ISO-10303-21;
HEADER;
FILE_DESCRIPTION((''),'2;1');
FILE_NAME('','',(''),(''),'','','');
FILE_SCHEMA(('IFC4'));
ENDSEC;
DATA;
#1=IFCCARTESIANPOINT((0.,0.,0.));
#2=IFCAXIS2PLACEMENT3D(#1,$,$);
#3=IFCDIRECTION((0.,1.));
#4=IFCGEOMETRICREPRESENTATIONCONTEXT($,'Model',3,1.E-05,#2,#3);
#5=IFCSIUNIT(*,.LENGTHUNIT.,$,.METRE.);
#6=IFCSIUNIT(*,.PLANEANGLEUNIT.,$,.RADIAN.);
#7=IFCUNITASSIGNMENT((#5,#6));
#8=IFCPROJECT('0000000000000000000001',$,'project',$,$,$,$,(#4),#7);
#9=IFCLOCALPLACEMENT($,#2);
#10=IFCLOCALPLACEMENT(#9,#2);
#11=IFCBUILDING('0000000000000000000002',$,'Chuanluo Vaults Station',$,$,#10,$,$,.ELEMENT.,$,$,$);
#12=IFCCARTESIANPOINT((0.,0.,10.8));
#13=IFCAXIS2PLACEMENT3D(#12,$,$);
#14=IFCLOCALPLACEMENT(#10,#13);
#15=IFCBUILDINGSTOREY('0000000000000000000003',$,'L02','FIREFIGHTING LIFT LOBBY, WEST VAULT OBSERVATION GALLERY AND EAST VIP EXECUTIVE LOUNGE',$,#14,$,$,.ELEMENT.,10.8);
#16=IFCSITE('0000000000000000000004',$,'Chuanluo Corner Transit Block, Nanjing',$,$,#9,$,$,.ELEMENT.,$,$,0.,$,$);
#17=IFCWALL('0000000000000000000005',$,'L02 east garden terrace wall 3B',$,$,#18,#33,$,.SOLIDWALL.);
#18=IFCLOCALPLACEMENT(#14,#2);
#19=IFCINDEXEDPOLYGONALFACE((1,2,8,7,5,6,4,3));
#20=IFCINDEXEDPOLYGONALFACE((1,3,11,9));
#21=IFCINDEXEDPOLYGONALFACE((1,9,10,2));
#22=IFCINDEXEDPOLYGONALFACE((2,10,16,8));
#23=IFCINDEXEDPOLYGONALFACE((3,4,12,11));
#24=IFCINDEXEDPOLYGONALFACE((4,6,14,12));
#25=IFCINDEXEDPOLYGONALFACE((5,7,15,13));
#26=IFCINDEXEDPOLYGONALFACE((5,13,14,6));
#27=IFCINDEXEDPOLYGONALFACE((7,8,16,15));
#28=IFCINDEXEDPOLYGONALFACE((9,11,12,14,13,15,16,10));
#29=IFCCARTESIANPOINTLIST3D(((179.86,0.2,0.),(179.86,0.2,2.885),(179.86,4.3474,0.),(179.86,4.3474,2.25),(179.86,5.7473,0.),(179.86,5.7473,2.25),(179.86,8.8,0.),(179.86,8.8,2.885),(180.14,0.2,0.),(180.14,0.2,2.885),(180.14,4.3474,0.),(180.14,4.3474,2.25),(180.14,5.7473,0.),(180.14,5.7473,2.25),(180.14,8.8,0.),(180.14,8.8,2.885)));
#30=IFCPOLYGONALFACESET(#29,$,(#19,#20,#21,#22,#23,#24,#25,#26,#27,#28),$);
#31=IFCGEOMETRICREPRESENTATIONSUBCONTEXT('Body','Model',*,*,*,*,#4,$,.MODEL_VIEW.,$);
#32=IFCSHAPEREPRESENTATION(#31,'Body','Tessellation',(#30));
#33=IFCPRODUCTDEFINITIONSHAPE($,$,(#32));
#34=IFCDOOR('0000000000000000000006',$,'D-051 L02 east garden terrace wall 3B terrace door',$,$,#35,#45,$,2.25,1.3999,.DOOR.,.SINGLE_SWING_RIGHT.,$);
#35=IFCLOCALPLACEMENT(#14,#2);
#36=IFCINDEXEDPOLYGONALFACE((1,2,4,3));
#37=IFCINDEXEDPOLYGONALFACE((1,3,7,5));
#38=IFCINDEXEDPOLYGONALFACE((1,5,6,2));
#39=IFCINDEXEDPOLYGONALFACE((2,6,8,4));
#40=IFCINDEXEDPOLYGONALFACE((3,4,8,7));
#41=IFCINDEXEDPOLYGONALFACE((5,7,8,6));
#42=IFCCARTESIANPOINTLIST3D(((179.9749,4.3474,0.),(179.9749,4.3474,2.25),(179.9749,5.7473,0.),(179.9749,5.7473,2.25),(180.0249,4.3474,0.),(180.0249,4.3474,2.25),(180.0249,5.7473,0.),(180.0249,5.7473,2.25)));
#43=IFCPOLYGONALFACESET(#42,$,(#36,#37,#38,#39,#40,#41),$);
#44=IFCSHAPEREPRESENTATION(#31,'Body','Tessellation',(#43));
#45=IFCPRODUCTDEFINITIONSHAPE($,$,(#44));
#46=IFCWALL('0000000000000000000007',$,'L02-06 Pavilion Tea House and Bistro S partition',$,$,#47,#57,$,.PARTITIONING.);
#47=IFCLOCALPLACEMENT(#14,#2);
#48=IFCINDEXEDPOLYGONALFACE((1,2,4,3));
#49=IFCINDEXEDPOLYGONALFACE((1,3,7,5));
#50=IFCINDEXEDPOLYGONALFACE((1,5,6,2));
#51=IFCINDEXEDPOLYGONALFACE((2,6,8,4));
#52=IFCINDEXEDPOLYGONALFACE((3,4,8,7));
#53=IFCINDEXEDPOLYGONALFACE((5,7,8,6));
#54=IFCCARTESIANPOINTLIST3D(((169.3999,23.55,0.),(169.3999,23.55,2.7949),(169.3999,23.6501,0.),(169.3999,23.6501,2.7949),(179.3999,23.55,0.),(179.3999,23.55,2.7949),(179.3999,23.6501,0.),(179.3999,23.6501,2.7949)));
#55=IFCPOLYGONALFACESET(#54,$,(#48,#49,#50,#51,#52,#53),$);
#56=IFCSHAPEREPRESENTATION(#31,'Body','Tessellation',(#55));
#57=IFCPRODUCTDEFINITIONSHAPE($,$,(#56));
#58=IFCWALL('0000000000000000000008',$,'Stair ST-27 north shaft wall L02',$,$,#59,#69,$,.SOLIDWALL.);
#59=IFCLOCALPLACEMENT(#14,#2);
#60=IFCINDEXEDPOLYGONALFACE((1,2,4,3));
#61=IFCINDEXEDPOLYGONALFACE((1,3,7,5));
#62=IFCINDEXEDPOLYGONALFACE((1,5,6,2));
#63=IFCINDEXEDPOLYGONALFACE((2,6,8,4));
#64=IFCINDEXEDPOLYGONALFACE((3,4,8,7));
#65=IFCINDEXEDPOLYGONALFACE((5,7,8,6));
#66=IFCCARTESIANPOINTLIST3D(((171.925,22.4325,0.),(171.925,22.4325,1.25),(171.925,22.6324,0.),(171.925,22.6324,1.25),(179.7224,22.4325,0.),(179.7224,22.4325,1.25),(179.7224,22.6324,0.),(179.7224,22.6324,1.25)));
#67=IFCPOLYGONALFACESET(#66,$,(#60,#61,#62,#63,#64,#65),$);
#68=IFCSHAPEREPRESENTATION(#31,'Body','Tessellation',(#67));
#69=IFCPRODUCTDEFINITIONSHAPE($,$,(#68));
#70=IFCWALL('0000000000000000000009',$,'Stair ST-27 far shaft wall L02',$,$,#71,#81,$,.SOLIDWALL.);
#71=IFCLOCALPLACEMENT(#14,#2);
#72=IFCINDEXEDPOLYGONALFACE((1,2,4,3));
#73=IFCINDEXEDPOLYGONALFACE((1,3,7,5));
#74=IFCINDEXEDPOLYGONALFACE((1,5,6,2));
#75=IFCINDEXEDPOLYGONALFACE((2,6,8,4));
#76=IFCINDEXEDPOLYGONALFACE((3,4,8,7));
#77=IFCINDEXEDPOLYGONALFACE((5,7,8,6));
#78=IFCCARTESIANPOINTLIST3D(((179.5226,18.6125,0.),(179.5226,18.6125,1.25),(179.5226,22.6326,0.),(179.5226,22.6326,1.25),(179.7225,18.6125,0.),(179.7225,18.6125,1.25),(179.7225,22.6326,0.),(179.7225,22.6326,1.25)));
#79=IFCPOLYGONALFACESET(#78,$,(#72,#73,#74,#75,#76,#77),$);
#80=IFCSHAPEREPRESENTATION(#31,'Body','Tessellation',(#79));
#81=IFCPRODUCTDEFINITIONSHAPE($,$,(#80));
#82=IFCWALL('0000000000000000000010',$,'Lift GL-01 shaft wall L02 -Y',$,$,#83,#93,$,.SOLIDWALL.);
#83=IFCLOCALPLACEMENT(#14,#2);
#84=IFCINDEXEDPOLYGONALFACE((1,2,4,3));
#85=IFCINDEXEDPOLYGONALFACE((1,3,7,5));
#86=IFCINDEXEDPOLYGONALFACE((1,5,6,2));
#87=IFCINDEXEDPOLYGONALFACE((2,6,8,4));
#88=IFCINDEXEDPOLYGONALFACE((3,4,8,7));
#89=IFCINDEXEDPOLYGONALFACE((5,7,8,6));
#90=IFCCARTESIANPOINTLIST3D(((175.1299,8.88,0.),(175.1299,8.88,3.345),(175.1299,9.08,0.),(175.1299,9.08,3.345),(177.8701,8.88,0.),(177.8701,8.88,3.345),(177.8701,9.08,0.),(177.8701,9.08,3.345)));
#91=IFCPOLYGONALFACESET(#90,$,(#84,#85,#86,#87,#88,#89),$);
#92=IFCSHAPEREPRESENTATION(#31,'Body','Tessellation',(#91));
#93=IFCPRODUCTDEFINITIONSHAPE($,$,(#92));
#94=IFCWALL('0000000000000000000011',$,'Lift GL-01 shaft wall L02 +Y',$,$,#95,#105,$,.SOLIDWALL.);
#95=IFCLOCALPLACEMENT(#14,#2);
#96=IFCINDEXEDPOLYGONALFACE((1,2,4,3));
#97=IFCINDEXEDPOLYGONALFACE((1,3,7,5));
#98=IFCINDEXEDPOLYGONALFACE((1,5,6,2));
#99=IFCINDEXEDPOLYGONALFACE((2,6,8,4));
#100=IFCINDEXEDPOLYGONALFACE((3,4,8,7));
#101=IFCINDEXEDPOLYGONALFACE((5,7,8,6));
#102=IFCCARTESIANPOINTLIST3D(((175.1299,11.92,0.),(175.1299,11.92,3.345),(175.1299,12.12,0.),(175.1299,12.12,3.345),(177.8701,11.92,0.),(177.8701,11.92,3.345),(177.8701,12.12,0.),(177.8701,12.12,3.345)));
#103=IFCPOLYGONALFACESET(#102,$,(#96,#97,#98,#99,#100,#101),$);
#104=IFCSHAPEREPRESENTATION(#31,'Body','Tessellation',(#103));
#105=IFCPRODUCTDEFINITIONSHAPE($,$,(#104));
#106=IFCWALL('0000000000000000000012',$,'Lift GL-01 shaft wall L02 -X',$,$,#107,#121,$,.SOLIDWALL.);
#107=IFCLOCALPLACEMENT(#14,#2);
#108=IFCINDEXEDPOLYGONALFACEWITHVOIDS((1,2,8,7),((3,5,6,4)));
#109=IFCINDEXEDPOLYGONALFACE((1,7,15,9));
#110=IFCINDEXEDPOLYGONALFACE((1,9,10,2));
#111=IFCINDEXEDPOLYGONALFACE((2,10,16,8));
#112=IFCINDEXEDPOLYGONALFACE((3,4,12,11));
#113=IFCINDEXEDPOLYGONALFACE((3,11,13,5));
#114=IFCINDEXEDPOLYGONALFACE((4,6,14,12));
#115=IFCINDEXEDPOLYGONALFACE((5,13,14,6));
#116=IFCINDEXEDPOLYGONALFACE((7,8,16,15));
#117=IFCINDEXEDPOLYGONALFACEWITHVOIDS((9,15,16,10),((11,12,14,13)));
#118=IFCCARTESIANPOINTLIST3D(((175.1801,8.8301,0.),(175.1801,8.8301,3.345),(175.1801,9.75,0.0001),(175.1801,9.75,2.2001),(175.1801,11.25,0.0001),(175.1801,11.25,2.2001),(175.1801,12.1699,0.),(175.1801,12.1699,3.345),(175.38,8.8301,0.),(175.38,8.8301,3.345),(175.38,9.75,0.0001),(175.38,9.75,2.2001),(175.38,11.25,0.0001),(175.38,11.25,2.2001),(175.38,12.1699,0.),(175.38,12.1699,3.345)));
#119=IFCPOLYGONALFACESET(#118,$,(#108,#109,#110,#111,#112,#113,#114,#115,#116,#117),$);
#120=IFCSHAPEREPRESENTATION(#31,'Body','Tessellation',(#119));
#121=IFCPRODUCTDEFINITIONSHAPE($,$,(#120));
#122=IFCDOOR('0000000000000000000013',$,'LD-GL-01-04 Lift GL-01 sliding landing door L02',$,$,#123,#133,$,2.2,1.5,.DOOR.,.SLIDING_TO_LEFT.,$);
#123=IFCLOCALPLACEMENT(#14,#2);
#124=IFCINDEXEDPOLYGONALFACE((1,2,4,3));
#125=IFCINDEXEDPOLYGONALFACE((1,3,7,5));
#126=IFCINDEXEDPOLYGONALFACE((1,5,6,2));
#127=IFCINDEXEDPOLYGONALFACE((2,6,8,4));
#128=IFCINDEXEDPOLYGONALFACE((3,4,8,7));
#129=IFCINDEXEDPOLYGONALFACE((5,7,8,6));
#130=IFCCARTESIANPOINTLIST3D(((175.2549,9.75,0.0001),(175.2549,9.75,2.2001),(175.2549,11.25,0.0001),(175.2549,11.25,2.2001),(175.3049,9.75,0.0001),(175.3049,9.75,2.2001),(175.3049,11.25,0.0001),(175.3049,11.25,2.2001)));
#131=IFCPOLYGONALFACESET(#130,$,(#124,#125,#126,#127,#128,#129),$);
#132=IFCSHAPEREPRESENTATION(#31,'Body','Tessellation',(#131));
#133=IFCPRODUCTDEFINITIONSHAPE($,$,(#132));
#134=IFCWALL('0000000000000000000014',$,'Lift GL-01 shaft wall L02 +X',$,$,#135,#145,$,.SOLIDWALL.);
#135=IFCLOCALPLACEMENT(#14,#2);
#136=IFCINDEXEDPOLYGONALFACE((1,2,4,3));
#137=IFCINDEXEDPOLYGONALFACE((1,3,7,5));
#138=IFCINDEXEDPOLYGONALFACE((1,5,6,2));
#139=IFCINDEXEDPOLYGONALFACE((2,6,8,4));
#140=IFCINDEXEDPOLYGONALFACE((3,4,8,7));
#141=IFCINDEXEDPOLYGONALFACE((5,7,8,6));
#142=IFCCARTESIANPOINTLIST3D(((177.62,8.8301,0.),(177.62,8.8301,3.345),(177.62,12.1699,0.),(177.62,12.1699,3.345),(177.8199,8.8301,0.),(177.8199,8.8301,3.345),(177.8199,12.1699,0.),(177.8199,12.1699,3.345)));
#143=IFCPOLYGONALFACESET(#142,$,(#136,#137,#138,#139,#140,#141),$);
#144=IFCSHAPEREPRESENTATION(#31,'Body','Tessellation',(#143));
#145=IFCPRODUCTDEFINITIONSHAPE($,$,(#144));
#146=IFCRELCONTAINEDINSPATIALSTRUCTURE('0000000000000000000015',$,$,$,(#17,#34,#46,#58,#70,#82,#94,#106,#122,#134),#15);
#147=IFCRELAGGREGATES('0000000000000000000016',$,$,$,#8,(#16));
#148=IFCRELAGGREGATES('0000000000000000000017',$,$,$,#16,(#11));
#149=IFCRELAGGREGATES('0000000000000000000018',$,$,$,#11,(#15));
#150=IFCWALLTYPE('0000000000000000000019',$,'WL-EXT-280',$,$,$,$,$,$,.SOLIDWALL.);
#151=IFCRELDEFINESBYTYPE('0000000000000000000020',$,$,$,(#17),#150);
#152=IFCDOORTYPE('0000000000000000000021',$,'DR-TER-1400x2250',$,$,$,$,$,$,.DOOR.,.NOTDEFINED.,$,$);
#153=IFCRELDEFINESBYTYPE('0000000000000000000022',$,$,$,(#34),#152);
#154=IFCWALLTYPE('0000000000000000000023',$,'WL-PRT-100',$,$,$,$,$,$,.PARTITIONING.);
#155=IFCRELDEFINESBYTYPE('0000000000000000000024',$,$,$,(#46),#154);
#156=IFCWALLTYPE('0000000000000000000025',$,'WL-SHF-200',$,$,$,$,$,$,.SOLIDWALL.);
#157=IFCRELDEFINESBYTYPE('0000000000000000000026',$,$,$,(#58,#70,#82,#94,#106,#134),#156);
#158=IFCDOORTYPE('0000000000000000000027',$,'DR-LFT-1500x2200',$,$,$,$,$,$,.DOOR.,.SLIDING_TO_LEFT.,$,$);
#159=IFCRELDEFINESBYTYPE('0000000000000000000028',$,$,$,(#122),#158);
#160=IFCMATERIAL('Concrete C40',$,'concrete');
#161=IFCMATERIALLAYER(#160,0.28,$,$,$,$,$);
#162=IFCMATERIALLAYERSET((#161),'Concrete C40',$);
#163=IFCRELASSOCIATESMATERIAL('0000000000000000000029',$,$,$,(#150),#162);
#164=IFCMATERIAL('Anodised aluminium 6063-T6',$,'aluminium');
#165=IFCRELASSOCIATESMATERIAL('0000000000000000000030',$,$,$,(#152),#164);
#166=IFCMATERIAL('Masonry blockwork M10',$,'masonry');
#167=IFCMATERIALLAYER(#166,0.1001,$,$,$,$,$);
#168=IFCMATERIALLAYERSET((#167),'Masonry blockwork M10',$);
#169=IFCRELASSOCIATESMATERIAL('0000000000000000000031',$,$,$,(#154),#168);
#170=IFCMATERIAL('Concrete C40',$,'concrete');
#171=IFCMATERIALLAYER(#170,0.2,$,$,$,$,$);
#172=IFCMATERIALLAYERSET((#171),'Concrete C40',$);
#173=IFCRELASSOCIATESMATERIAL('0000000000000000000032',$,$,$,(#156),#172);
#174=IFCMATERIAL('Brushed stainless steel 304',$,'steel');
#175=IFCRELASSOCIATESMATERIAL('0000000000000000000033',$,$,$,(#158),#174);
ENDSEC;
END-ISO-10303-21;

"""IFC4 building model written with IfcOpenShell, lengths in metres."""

from ifc_helpers import new_model, si_unit, direction, frame, frame_2d, origin, place, context, subcontext, project, spatial, rectangle, extrude, material, layer, layer_set, type_object, element, fill, save


model = new_model("IFC4")

# Units and contexts
model_context = context("Model", 3, precision=1e-05, world=origin(), true_north=direction((0.0, 1.0)))
body_context = subcontext(model_context, "Body", "Model", "MODEL_VIEW")
ifc_project = project(units=[si_unit("LENGTHUNIT", "METRE"), si_unit("PLANEANGLEUNIT", "RADIAN")], contexts=[model_context])

# Site, building, storey
site_placement = place(None, origin())
site = spatial("IfcSite", under=ifc_project, at=site_placement, Name="Chuanluo Corner Transit Block, Nanjing", CompositionType="ELEMENT", RefElevation=0.0)
building_placement = place(site_placement, origin())
building = spatial("IfcBuilding", under=site, at=building_placement, Name="Chuanluo Vaults Station", CompositionType="ELEMENT")
storey_placement = place(building_placement, frame((0.0, 0.0, 10.8)))
storey = spatial("IfcBuildingStorey", under=building, at=storey_placement, Name="L02", Description="FIREFIGHTING LIFT LOBBY, WEST VAULT OBSERVATION GALLERY AND EAST VIP EXECUTIVE LOUNGE", CompositionType="ELEMENT", Elevation=10.8)

# Shared definitions
ifc_material_1 = material(Name="Concrete C40", Category="concrete")
ifc_layer_1 = layer(ifc_material_1, 0.28)
ifc_layer_set_1 = layer_set([ifc_layer_1], Name="Concrete C40")
wall_type_1 = type_object("IfcWallType", Name="WL-EXT-280", PredefinedType="SOLIDWALL", material=ifc_layer_set_1)

# Wall, opening, door
wall_1_placement = place(storey_placement, frame((180.0, 8.8, 0.0), z_axis=(0.0, 0.0, 1.0), x_axis=(0.0, -1.0, 0.0)))
wall_1 = element("IfcWall", 1, at=wall_1_placement, inside=storey, type_object=wall_type_1, Name="L02 east garden terrace wall 3B", PredefinedType="SOLIDWALL", context=body_context, shape_type="SweptSolid", body=[
    extrude(rectangle(XDim=8.6001, YDim=0.28, at=frame_2d((4.3, 0.0))), origin(), (0.0, 0.0, 1.0), 2.885),
])
opening_1_placement = place(wall_1_placement, frame((3.0527, 0.0, 0.0)))
opening_1 = element("IfcOpeningElement", 2, at=opening_1_placement, cuts=wall_1, PredefinedType="OPENING", context=body_context, shape_type="SweptSolid", body=[
    extrude(rectangle(XDim=1.3999, YDim=2.25, at=frame_2d((0.7, 1.125))), frame((0.0, 0.1501, 0.0), z_axis=(0.0, -1.0, 0.0), x_axis=(1.0, 0.0, 0.0)), (0.0, 0.0, 1.0), 0.3),
])
ifc_material_2 = material(Name="Anodised aluminium 6063-T6", Category="aluminium")
door_type_1 = type_object("IfcDoorType", Name="DR-TER-1400x2250", OperationType="NOTDEFINED", PredefinedType="DOOR", material=ifc_material_2)
door_1_placement = place(opening_1_placement, origin())
door_1 = element("IfcDoor", 3, at=door_1_placement, inside=storey, type_object=door_type_1, Name="D-051 L02 east garden terrace wall 3B terrace door", OperationType="SINGLE_SWING_RIGHT", OverallHeight=2.25, OverallWidth=1.3999, PredefinedType="DOOR", context=body_context, shape_type="SweptSolid", body=[
    extrude(rectangle(XDim=1.3999, YDim=2.25, at=frame_2d((0.7, 1.125))), frame((0.0, 0.0249, 0.0), z_axis=(0.0, -1.0, 0.0), x_axis=(1.0, 0.0, 0.0)), (0.0, 0.0, 1.0), 0.05),
])
fill(opening_1, door_1)

# Walls
ifc_material_3 = material(Name="Masonry blockwork M10", Category="masonry")
ifc_layer_2 = layer(ifc_material_3, 0.1001)
ifc_layer_set_2 = layer_set([ifc_layer_2], Name="Masonry blockwork M10")
wall_type_2 = type_object("IfcWallType", Name="WL-PRT-100", PredefinedType="PARTITIONING", material=ifc_layer_set_2)
wall_2_placement = place(storey_placement, frame((179.3999, 23.6001, 0.0), z_axis=(0.0, 0.0, 1.0), x_axis=(-1.0, 0.0, 0.0)))
element("IfcWall", 4, at=wall_2_placement, inside=storey, type_object=wall_type_2, Name="L02-06 Pavilion Tea House and Bistro S partition", PredefinedType="PARTITIONING", context=body_context, shape_type="SweptSolid", body=[
    extrude(rectangle(XDim=10.0, YDim=0.1001, at=frame_2d((5.0, 0.0))), origin(), (0.0, 0.0, 1.0), 2.7949),
])
ifc_material_4 = material(Name="Concrete C40", Category="concrete")
ifc_layer_3 = layer(ifc_material_4, 0.2)
ifc_layer_set_3 = layer_set([ifc_layer_3], Name="Concrete C40")
wall_type_3 = type_object("IfcWallType", Name="WL-SHF-200", PredefinedType="SOLIDWALL", material=ifc_layer_set_3)
wall_3_placement = place(storey_placement, frame((179.7224, 22.5325, 0.0), z_axis=(0.0, 0.0, 1.0), x_axis=(-1.0, 0.0, 0.0)))
element("IfcWall", 5, at=wall_3_placement, inside=storey, type_object=wall_type_3, Name="Stair ST-27 north shaft wall L02", PredefinedType="SOLIDWALL", context=body_context, shape_type="SweptSolid", body=[
    extrude(rectangle(XDim=7.7974, YDim=0.2, at=frame_2d((3.8987, 0.0))), origin(), (0.0, 0.0, 1.0), 1.25),
])
wall_4_placement = place(storey_placement, frame((179.6226, 18.6125, 0.0), z_axis=(0.0, 0.0, 1.0), x_axis=(0.0, 1.0, 0.0)))
element("IfcWall", 6, at=wall_4_placement, inside=storey, type_object=wall_type_3, Name="Stair ST-27 far shaft wall L02", PredefinedType="SOLIDWALL", context=body_context, shape_type="SweptSolid", body=[
    extrude(rectangle(XDim=4.02, YDim=0.2, at=frame_2d((2.01, 0.0))), origin(), (0.0, 0.0, 1.0), 1.25),
])
for number, where, z_axis, x_axis, name in (
    (7, (175.1299, 8.98, 0.0), (0.0, 0.0, 1.0), (1.0, 0.0, 0.0), "Lift GL-01 shaft wall L02 -Y"),
    (8, (177.8701, 12.02, 0.0), (0.0, 0.0, 1.0), (-1.0, 0.0, 0.0), "Lift GL-01 shaft wall L02 +Y"),
):
    element("IfcWall", number, at=place(storey_placement, frame(where, z_axis=z_axis, x_axis=x_axis)), inside=storey, type_object=wall_type_3, Name=name, PredefinedType="SOLIDWALL", context=body_context, shape_type="SweptSolid", body=[
        extrude(rectangle(XDim=2.7402, YDim=0.2, at=frame_2d((1.3701, 0.0))), origin(), (0.0, 0.0, 1.0), 3.345),
    ])

# Wall, opening, door
wall_5_placement = place(storey_placement, frame((175.28, 12.1699, 0.0), z_axis=(0.0, 0.0, 1.0), x_axis=(0.0, -1.0, 0.0)))
wall_5 = element("IfcWall", 9, at=wall_5_placement, inside=storey, type_object=wall_type_3, Name="Lift GL-01 shaft wall L02 -X", PredefinedType="SOLIDWALL", context=body_context, shape_type="SweptSolid", body=[
    extrude(rectangle(XDim=3.3398, YDim=0.2, at=frame_2d((1.6699, 0.0))), origin(), (0.0, 0.0, 1.0), 3.345),
])
opening_2_placement = place(wall_5_placement, frame((0.9199, 0.0, 0.0)))
opening_2 = element("IfcOpeningElement", 10, at=opening_2_placement, cuts=wall_5, PredefinedType="OPENING", context=body_context, shape_type="SweptSolid", body=[
    extrude(rectangle(XDim=1.5, YDim=2.2, at=frame_2d((0.75, 1.1001))), frame((0.0, 0.1101, 0.0), z_axis=(0.0, -1.0, 0.0), x_axis=(1.0, 0.0, 0.0)), (0.0, 0.0, 1.0), 0.22),
])
ifc_material_5 = material(Name="Brushed stainless steel 304", Category="steel")
door_type_2 = type_object("IfcDoorType", Name="DR-LFT-1500x2200", OperationType="SLIDING_TO_LEFT", PredefinedType="DOOR", material=ifc_material_5)
door_2_placement = place(opening_2_placement, origin())
door_2 = element("IfcDoor", 11, at=door_2_placement, inside=storey, type_object=door_type_2, Name="LD-GL-01-04 Lift GL-01 sliding landing door L02", OperationType="SLIDING_TO_LEFT", OverallHeight=2.2, OverallWidth=1.5, PredefinedType="DOOR", context=body_context, shape_type="SweptSolid", body=[
    extrude(rectangle(XDim=1.5, YDim=2.2, at=frame_2d((0.75, 1.1001))), frame((0.0, 0.0249, 0.0), z_axis=(0.0, -1.0, 0.0), x_axis=(1.0, 0.0, 0.0)), (0.0, 0.0, 1.0), 0.05),
])
fill(opening_2, door_2)

# Wall
wall_6_placement = place(storey_placement, frame((177.72, 8.8301, 0.0), z_axis=(0.0, 0.0, 1.0), x_axis=(0.0, 1.0, 0.0)))
element("IfcWall", 12, at=wall_6_placement, inside=storey, type_object=wall_type_3, Name="Lift GL-01 shaft wall L02 +X", PredefinedType="SOLIDWALL", context=body_context, shape_type="SweptSolid", body=[
    extrude(rectangle(XDim=3.3398, YDim=0.2, at=frame_2d((1.6699, 0.0))), origin(), (0.0, 0.0, 1.0), 3.345),
])

save(model, "model.ifc")
